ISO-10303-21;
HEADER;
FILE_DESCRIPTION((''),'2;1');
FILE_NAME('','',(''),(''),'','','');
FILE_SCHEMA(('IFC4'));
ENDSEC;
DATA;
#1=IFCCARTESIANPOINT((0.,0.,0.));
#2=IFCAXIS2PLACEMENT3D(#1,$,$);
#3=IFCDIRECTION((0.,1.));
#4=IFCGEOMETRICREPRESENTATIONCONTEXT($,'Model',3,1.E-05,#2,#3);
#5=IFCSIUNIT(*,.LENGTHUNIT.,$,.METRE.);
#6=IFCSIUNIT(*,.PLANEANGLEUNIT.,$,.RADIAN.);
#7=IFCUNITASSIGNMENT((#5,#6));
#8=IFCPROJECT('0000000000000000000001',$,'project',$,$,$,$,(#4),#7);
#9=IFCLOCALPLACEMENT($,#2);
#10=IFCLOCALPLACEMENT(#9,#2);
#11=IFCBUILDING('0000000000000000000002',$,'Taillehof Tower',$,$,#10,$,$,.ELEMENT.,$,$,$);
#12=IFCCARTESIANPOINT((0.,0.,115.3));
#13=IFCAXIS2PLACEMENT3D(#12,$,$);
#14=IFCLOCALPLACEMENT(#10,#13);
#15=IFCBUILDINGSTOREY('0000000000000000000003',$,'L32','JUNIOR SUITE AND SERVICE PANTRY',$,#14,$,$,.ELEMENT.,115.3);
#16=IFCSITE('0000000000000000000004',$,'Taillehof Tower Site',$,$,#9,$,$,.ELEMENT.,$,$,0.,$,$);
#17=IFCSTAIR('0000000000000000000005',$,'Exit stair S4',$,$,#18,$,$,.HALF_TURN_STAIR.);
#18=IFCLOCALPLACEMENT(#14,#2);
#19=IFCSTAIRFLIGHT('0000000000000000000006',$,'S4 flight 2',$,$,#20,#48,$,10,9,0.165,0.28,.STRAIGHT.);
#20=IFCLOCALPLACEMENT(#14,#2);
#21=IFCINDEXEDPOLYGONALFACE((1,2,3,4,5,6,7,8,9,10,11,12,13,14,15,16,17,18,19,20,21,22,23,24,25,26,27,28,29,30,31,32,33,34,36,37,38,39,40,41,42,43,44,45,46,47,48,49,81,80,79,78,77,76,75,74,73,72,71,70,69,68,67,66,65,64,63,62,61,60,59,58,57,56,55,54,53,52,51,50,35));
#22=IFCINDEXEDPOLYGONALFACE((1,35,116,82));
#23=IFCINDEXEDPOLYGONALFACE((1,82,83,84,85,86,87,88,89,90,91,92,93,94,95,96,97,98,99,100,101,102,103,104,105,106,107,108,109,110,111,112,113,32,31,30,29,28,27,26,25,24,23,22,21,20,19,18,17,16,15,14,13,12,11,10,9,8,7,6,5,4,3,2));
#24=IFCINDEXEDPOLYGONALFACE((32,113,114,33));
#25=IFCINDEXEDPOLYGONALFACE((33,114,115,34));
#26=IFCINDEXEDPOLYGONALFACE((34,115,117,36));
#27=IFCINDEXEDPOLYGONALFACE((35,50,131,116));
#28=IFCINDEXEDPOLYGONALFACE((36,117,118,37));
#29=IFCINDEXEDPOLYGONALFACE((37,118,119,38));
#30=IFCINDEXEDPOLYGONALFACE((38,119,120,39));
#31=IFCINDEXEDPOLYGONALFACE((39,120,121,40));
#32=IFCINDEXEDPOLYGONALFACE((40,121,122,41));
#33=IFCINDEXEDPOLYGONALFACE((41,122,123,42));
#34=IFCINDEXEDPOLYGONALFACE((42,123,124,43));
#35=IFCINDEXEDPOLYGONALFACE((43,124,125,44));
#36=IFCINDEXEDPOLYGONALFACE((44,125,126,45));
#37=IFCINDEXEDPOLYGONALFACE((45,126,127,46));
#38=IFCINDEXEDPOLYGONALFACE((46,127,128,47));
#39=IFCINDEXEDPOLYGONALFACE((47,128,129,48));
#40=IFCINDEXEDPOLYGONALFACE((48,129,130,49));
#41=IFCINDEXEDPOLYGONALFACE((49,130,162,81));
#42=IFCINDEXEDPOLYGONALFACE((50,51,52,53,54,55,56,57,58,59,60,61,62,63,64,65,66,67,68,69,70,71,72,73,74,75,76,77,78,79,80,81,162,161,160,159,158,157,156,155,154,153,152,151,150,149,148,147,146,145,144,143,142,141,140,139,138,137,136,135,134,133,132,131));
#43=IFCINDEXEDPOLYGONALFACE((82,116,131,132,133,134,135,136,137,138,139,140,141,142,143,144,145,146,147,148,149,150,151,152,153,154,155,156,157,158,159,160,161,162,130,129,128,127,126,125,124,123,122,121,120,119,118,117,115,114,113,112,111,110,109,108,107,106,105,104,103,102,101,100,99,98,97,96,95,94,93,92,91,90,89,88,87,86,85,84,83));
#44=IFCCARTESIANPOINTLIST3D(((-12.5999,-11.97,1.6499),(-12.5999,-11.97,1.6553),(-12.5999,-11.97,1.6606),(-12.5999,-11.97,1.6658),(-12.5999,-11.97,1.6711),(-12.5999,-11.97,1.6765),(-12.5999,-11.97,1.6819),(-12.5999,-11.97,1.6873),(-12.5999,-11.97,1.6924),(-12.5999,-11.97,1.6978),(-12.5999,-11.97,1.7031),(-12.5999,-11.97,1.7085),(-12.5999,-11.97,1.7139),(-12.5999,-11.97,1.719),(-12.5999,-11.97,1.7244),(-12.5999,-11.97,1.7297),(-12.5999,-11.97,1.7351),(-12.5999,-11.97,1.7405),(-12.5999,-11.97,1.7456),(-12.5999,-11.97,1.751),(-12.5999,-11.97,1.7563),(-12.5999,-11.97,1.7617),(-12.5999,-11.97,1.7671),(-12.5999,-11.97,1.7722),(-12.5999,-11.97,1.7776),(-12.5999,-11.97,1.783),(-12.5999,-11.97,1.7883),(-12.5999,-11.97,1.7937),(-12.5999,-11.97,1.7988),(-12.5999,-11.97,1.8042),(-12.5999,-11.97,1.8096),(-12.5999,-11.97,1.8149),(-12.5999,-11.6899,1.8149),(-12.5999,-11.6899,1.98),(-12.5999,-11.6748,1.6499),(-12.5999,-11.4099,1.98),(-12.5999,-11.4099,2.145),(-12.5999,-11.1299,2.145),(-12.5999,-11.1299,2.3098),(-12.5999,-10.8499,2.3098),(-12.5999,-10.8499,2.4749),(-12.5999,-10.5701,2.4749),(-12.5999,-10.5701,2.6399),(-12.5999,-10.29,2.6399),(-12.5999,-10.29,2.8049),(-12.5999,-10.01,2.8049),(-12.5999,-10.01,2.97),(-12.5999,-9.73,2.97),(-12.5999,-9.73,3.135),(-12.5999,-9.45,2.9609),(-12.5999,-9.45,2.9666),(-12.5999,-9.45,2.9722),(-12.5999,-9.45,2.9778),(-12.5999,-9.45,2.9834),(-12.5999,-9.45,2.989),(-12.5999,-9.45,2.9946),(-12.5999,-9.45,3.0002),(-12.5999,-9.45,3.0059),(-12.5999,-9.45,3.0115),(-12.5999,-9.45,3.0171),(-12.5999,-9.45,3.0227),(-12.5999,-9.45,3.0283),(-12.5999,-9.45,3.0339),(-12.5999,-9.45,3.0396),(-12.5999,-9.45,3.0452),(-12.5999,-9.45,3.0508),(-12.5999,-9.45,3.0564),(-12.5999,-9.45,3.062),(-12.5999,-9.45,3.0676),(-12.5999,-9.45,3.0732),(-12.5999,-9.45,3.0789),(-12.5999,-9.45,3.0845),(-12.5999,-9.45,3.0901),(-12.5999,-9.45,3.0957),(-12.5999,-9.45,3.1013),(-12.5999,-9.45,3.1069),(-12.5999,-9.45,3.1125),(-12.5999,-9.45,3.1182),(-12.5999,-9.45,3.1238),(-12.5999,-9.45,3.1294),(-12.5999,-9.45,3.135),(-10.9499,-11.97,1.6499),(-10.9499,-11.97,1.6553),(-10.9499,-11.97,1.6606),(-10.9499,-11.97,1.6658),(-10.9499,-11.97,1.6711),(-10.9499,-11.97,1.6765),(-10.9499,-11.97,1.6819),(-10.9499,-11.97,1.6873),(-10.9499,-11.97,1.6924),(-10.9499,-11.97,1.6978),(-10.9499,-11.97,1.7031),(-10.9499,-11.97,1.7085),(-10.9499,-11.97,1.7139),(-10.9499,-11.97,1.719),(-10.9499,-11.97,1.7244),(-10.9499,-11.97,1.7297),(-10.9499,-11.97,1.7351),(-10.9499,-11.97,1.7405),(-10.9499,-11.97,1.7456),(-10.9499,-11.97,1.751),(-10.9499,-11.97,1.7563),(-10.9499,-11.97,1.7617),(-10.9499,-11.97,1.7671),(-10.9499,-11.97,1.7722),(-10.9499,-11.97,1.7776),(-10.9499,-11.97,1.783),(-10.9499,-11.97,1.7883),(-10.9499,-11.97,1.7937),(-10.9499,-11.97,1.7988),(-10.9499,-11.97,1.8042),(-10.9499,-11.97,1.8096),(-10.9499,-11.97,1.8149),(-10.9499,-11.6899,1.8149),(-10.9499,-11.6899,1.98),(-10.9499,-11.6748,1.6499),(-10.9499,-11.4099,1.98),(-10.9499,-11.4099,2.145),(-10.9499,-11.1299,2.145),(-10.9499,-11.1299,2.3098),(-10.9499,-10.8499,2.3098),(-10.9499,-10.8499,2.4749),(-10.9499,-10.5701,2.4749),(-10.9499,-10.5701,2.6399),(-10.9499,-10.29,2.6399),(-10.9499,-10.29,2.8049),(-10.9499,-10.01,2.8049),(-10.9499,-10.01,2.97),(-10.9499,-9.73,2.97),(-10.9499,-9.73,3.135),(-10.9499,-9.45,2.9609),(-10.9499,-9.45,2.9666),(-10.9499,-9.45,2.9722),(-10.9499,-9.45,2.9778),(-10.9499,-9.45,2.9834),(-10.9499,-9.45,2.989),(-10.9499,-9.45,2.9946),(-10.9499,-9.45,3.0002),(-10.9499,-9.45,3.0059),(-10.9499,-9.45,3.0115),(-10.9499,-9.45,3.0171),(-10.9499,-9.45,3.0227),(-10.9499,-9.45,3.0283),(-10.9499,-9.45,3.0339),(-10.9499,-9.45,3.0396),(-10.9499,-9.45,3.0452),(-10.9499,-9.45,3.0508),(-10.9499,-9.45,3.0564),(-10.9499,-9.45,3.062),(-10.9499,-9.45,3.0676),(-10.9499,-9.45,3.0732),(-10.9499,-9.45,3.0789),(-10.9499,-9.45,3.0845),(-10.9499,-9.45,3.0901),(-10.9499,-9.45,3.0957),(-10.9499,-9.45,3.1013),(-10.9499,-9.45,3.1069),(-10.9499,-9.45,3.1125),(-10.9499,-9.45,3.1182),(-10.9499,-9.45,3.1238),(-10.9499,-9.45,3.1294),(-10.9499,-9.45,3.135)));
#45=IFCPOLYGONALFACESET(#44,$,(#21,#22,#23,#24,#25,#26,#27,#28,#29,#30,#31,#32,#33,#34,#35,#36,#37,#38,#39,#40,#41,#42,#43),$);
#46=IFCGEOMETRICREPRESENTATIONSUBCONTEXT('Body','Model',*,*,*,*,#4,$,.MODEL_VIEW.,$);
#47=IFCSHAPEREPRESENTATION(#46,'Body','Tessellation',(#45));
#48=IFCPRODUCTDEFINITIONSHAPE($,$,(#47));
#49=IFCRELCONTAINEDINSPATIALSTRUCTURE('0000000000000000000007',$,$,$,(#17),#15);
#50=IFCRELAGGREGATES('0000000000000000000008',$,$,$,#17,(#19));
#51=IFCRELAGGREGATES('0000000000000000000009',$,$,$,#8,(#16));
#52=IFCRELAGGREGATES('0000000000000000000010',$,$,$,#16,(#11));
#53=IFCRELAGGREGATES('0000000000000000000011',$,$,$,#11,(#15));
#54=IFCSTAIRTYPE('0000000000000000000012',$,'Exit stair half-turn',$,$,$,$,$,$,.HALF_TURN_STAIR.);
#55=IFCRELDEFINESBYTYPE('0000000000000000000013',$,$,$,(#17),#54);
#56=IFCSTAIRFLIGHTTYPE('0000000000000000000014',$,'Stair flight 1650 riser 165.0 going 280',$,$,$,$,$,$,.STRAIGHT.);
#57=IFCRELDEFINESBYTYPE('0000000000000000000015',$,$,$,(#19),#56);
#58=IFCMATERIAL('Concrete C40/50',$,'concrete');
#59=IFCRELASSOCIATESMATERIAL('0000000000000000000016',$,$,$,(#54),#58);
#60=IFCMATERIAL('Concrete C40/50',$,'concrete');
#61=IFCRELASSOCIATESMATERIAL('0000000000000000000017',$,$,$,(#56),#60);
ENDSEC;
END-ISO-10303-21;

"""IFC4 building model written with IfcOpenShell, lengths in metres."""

from ifc_helpers import new_model, si_unit, direction, frame, origin, place, context, subcontext, project, spatial, polyline, outline, extrude, material, type_object, element, aggregate, save


model = new_model("IFC4")

# Units and contexts
model_context = context("Model", 3, precision=1e-05, world=origin(), true_north=direction((0.0, 1.0)))
body_context = subcontext(model_context, "Body", "Model", "MODEL_VIEW")
ifc_project = project(units=[si_unit("LENGTHUNIT", "METRE"), si_unit("PLANEANGLEUNIT", "RADIAN")], contexts=[model_context])

# Site, building, storey
site_placement = place(None, origin())
site = spatial("IfcSite", under=ifc_project, at=site_placement, Name="Taillehof Tower Site", CompositionType="ELEMENT", RefElevation=0.0)
building_placement = place(site_placement, origin())
building = spatial("IfcBuilding", under=site, at=building_placement, Name="Taillehof Tower", CompositionType="ELEMENT")
storey_placement = place(building_placement, frame((0.0, 0.0, 115.3)))
storey = spatial("IfcBuildingStorey", under=building, at=storey_placement, Name="L32", Description="JUNIOR SUITE AND SERVICE PANTRY", CompositionType="ELEMENT", Elevation=115.3)

# Stair, stair flight
ifc_material_1 = material(Name="Concrete C40/50", Category="concrete")
stair_type = type_object("IfcStairType", Name="Exit stair half-turn", PredefinedType="HALF_TURN_STAIR", material=ifc_material_1)
stair_placement = place(storey_placement, origin())
stair = element("IfcStair", 1, at=stair_placement, inside=storey, type_object=stair_type, Name="Exit stair S4", PredefinedType="HALF_TURN_STAIR")
ifc_material_2 = material(Name="Concrete C40/50", Category="concrete")
stair_flight_type = type_object("IfcStairFlightType", Name="Stair flight 1650 riser 165.0 going 280", PredefinedType="STRAIGHT", material=ifc_material_2)
stair_flight_placement = place(storey_placement, frame((-11.7749, -11.97, 1.6499), z_axis=(0.0, 0.0, 1.0), x_axis=(0.0, 1.0, 0.0)))
stair_flight = element("IfcStairFlight", 2, at=stair_flight_placement, type_object=stair_flight_type, Name="S4 flight 2", NumberOfRisers=10, NumberOfTreads=9, PredefinedType="STRAIGHT", RiserHeight=0.165, TreadLength=0.28, context=body_context, shape_type="SweptSolid", body=[
    extrude(outline(polyline([(0.0, 0.0), (0.0, 0.0054), (0.0, 0.0107), (0.0, 0.0159), (0.0, 0.0212), (0.0, 0.0266), (0.0, 0.032), (0.0, 0.0374), (0.0, 0.0425), (0.0, 0.0479), (0.0, 0.0532), (0.0, 0.0586), (0.0, 0.064), (0.0, 0.0691), (0.0, 0.0745), (0.0, 0.0798), (0.0, 0.0852), (0.0, 0.0906), (0.0, 0.0957), (0.0, 0.1011), (0.0, 0.1064), (0.0, 0.1118), (0.0, 0.1172), (0.0, 0.1223), (0.0, 0.1277), (0.0, 0.1331), (0.0, 0.1384), (0.0, 0.1438), (0.0, 0.1489), (0.0, 0.1543), (0.0, 0.1597), (0.0, 0.165), (0.28, 0.165), (0.28, 0.3301), (0.5601, 0.3301), (0.5601, 0.4951), (0.8401, 0.4951), (0.8401, 0.6599), (1.1201, 0.6599), (1.1201, 0.825), (1.3999, 0.825), (1.3999, 0.99), (1.6799, 0.99), (1.6799, 1.155), (1.96, 1.155), (1.96, 1.3201), (2.24, 1.3201), (2.24, 1.4851), (2.52, 1.4851), (2.52, 1.4795), (2.52, 1.4739), (2.52, 1.4683), (2.52, 1.4626), (2.52, 1.457), (2.52, 1.4514), (2.52, 1.4458), (2.52, 1.4402), (2.52, 1.4346), (2.52, 1.429), (2.52, 1.4233), (2.52, 1.4177), (2.52, 1.4121), (2.52, 1.4065), (2.52, 1.4009), (2.52, 1.3953), (2.52, 1.3896), (2.52, 1.384), (2.52, 1.3784), (2.52, 1.3728), (2.52, 1.3672), (2.52, 1.3616), (2.52, 1.356), (2.52, 1.3503), (2.52, 1.3447), (2.52, 1.3391), (2.52, 1.3335), (2.52, 1.3279), (2.52, 1.3223), (2.52, 1.3167), (2.52, 1.311), (0.2952, 0.0), (0.0, 0.0)])), frame((0.0, 0.825, 0.0), z_axis=(0.0, -1.0, 0.0), x_axis=(1.0, 0.0, 0.0)), (0.0, 0.0, 1.0), 1.65),
])
aggregate(stair, [stair_flight])

save(model, "model.ifc")
